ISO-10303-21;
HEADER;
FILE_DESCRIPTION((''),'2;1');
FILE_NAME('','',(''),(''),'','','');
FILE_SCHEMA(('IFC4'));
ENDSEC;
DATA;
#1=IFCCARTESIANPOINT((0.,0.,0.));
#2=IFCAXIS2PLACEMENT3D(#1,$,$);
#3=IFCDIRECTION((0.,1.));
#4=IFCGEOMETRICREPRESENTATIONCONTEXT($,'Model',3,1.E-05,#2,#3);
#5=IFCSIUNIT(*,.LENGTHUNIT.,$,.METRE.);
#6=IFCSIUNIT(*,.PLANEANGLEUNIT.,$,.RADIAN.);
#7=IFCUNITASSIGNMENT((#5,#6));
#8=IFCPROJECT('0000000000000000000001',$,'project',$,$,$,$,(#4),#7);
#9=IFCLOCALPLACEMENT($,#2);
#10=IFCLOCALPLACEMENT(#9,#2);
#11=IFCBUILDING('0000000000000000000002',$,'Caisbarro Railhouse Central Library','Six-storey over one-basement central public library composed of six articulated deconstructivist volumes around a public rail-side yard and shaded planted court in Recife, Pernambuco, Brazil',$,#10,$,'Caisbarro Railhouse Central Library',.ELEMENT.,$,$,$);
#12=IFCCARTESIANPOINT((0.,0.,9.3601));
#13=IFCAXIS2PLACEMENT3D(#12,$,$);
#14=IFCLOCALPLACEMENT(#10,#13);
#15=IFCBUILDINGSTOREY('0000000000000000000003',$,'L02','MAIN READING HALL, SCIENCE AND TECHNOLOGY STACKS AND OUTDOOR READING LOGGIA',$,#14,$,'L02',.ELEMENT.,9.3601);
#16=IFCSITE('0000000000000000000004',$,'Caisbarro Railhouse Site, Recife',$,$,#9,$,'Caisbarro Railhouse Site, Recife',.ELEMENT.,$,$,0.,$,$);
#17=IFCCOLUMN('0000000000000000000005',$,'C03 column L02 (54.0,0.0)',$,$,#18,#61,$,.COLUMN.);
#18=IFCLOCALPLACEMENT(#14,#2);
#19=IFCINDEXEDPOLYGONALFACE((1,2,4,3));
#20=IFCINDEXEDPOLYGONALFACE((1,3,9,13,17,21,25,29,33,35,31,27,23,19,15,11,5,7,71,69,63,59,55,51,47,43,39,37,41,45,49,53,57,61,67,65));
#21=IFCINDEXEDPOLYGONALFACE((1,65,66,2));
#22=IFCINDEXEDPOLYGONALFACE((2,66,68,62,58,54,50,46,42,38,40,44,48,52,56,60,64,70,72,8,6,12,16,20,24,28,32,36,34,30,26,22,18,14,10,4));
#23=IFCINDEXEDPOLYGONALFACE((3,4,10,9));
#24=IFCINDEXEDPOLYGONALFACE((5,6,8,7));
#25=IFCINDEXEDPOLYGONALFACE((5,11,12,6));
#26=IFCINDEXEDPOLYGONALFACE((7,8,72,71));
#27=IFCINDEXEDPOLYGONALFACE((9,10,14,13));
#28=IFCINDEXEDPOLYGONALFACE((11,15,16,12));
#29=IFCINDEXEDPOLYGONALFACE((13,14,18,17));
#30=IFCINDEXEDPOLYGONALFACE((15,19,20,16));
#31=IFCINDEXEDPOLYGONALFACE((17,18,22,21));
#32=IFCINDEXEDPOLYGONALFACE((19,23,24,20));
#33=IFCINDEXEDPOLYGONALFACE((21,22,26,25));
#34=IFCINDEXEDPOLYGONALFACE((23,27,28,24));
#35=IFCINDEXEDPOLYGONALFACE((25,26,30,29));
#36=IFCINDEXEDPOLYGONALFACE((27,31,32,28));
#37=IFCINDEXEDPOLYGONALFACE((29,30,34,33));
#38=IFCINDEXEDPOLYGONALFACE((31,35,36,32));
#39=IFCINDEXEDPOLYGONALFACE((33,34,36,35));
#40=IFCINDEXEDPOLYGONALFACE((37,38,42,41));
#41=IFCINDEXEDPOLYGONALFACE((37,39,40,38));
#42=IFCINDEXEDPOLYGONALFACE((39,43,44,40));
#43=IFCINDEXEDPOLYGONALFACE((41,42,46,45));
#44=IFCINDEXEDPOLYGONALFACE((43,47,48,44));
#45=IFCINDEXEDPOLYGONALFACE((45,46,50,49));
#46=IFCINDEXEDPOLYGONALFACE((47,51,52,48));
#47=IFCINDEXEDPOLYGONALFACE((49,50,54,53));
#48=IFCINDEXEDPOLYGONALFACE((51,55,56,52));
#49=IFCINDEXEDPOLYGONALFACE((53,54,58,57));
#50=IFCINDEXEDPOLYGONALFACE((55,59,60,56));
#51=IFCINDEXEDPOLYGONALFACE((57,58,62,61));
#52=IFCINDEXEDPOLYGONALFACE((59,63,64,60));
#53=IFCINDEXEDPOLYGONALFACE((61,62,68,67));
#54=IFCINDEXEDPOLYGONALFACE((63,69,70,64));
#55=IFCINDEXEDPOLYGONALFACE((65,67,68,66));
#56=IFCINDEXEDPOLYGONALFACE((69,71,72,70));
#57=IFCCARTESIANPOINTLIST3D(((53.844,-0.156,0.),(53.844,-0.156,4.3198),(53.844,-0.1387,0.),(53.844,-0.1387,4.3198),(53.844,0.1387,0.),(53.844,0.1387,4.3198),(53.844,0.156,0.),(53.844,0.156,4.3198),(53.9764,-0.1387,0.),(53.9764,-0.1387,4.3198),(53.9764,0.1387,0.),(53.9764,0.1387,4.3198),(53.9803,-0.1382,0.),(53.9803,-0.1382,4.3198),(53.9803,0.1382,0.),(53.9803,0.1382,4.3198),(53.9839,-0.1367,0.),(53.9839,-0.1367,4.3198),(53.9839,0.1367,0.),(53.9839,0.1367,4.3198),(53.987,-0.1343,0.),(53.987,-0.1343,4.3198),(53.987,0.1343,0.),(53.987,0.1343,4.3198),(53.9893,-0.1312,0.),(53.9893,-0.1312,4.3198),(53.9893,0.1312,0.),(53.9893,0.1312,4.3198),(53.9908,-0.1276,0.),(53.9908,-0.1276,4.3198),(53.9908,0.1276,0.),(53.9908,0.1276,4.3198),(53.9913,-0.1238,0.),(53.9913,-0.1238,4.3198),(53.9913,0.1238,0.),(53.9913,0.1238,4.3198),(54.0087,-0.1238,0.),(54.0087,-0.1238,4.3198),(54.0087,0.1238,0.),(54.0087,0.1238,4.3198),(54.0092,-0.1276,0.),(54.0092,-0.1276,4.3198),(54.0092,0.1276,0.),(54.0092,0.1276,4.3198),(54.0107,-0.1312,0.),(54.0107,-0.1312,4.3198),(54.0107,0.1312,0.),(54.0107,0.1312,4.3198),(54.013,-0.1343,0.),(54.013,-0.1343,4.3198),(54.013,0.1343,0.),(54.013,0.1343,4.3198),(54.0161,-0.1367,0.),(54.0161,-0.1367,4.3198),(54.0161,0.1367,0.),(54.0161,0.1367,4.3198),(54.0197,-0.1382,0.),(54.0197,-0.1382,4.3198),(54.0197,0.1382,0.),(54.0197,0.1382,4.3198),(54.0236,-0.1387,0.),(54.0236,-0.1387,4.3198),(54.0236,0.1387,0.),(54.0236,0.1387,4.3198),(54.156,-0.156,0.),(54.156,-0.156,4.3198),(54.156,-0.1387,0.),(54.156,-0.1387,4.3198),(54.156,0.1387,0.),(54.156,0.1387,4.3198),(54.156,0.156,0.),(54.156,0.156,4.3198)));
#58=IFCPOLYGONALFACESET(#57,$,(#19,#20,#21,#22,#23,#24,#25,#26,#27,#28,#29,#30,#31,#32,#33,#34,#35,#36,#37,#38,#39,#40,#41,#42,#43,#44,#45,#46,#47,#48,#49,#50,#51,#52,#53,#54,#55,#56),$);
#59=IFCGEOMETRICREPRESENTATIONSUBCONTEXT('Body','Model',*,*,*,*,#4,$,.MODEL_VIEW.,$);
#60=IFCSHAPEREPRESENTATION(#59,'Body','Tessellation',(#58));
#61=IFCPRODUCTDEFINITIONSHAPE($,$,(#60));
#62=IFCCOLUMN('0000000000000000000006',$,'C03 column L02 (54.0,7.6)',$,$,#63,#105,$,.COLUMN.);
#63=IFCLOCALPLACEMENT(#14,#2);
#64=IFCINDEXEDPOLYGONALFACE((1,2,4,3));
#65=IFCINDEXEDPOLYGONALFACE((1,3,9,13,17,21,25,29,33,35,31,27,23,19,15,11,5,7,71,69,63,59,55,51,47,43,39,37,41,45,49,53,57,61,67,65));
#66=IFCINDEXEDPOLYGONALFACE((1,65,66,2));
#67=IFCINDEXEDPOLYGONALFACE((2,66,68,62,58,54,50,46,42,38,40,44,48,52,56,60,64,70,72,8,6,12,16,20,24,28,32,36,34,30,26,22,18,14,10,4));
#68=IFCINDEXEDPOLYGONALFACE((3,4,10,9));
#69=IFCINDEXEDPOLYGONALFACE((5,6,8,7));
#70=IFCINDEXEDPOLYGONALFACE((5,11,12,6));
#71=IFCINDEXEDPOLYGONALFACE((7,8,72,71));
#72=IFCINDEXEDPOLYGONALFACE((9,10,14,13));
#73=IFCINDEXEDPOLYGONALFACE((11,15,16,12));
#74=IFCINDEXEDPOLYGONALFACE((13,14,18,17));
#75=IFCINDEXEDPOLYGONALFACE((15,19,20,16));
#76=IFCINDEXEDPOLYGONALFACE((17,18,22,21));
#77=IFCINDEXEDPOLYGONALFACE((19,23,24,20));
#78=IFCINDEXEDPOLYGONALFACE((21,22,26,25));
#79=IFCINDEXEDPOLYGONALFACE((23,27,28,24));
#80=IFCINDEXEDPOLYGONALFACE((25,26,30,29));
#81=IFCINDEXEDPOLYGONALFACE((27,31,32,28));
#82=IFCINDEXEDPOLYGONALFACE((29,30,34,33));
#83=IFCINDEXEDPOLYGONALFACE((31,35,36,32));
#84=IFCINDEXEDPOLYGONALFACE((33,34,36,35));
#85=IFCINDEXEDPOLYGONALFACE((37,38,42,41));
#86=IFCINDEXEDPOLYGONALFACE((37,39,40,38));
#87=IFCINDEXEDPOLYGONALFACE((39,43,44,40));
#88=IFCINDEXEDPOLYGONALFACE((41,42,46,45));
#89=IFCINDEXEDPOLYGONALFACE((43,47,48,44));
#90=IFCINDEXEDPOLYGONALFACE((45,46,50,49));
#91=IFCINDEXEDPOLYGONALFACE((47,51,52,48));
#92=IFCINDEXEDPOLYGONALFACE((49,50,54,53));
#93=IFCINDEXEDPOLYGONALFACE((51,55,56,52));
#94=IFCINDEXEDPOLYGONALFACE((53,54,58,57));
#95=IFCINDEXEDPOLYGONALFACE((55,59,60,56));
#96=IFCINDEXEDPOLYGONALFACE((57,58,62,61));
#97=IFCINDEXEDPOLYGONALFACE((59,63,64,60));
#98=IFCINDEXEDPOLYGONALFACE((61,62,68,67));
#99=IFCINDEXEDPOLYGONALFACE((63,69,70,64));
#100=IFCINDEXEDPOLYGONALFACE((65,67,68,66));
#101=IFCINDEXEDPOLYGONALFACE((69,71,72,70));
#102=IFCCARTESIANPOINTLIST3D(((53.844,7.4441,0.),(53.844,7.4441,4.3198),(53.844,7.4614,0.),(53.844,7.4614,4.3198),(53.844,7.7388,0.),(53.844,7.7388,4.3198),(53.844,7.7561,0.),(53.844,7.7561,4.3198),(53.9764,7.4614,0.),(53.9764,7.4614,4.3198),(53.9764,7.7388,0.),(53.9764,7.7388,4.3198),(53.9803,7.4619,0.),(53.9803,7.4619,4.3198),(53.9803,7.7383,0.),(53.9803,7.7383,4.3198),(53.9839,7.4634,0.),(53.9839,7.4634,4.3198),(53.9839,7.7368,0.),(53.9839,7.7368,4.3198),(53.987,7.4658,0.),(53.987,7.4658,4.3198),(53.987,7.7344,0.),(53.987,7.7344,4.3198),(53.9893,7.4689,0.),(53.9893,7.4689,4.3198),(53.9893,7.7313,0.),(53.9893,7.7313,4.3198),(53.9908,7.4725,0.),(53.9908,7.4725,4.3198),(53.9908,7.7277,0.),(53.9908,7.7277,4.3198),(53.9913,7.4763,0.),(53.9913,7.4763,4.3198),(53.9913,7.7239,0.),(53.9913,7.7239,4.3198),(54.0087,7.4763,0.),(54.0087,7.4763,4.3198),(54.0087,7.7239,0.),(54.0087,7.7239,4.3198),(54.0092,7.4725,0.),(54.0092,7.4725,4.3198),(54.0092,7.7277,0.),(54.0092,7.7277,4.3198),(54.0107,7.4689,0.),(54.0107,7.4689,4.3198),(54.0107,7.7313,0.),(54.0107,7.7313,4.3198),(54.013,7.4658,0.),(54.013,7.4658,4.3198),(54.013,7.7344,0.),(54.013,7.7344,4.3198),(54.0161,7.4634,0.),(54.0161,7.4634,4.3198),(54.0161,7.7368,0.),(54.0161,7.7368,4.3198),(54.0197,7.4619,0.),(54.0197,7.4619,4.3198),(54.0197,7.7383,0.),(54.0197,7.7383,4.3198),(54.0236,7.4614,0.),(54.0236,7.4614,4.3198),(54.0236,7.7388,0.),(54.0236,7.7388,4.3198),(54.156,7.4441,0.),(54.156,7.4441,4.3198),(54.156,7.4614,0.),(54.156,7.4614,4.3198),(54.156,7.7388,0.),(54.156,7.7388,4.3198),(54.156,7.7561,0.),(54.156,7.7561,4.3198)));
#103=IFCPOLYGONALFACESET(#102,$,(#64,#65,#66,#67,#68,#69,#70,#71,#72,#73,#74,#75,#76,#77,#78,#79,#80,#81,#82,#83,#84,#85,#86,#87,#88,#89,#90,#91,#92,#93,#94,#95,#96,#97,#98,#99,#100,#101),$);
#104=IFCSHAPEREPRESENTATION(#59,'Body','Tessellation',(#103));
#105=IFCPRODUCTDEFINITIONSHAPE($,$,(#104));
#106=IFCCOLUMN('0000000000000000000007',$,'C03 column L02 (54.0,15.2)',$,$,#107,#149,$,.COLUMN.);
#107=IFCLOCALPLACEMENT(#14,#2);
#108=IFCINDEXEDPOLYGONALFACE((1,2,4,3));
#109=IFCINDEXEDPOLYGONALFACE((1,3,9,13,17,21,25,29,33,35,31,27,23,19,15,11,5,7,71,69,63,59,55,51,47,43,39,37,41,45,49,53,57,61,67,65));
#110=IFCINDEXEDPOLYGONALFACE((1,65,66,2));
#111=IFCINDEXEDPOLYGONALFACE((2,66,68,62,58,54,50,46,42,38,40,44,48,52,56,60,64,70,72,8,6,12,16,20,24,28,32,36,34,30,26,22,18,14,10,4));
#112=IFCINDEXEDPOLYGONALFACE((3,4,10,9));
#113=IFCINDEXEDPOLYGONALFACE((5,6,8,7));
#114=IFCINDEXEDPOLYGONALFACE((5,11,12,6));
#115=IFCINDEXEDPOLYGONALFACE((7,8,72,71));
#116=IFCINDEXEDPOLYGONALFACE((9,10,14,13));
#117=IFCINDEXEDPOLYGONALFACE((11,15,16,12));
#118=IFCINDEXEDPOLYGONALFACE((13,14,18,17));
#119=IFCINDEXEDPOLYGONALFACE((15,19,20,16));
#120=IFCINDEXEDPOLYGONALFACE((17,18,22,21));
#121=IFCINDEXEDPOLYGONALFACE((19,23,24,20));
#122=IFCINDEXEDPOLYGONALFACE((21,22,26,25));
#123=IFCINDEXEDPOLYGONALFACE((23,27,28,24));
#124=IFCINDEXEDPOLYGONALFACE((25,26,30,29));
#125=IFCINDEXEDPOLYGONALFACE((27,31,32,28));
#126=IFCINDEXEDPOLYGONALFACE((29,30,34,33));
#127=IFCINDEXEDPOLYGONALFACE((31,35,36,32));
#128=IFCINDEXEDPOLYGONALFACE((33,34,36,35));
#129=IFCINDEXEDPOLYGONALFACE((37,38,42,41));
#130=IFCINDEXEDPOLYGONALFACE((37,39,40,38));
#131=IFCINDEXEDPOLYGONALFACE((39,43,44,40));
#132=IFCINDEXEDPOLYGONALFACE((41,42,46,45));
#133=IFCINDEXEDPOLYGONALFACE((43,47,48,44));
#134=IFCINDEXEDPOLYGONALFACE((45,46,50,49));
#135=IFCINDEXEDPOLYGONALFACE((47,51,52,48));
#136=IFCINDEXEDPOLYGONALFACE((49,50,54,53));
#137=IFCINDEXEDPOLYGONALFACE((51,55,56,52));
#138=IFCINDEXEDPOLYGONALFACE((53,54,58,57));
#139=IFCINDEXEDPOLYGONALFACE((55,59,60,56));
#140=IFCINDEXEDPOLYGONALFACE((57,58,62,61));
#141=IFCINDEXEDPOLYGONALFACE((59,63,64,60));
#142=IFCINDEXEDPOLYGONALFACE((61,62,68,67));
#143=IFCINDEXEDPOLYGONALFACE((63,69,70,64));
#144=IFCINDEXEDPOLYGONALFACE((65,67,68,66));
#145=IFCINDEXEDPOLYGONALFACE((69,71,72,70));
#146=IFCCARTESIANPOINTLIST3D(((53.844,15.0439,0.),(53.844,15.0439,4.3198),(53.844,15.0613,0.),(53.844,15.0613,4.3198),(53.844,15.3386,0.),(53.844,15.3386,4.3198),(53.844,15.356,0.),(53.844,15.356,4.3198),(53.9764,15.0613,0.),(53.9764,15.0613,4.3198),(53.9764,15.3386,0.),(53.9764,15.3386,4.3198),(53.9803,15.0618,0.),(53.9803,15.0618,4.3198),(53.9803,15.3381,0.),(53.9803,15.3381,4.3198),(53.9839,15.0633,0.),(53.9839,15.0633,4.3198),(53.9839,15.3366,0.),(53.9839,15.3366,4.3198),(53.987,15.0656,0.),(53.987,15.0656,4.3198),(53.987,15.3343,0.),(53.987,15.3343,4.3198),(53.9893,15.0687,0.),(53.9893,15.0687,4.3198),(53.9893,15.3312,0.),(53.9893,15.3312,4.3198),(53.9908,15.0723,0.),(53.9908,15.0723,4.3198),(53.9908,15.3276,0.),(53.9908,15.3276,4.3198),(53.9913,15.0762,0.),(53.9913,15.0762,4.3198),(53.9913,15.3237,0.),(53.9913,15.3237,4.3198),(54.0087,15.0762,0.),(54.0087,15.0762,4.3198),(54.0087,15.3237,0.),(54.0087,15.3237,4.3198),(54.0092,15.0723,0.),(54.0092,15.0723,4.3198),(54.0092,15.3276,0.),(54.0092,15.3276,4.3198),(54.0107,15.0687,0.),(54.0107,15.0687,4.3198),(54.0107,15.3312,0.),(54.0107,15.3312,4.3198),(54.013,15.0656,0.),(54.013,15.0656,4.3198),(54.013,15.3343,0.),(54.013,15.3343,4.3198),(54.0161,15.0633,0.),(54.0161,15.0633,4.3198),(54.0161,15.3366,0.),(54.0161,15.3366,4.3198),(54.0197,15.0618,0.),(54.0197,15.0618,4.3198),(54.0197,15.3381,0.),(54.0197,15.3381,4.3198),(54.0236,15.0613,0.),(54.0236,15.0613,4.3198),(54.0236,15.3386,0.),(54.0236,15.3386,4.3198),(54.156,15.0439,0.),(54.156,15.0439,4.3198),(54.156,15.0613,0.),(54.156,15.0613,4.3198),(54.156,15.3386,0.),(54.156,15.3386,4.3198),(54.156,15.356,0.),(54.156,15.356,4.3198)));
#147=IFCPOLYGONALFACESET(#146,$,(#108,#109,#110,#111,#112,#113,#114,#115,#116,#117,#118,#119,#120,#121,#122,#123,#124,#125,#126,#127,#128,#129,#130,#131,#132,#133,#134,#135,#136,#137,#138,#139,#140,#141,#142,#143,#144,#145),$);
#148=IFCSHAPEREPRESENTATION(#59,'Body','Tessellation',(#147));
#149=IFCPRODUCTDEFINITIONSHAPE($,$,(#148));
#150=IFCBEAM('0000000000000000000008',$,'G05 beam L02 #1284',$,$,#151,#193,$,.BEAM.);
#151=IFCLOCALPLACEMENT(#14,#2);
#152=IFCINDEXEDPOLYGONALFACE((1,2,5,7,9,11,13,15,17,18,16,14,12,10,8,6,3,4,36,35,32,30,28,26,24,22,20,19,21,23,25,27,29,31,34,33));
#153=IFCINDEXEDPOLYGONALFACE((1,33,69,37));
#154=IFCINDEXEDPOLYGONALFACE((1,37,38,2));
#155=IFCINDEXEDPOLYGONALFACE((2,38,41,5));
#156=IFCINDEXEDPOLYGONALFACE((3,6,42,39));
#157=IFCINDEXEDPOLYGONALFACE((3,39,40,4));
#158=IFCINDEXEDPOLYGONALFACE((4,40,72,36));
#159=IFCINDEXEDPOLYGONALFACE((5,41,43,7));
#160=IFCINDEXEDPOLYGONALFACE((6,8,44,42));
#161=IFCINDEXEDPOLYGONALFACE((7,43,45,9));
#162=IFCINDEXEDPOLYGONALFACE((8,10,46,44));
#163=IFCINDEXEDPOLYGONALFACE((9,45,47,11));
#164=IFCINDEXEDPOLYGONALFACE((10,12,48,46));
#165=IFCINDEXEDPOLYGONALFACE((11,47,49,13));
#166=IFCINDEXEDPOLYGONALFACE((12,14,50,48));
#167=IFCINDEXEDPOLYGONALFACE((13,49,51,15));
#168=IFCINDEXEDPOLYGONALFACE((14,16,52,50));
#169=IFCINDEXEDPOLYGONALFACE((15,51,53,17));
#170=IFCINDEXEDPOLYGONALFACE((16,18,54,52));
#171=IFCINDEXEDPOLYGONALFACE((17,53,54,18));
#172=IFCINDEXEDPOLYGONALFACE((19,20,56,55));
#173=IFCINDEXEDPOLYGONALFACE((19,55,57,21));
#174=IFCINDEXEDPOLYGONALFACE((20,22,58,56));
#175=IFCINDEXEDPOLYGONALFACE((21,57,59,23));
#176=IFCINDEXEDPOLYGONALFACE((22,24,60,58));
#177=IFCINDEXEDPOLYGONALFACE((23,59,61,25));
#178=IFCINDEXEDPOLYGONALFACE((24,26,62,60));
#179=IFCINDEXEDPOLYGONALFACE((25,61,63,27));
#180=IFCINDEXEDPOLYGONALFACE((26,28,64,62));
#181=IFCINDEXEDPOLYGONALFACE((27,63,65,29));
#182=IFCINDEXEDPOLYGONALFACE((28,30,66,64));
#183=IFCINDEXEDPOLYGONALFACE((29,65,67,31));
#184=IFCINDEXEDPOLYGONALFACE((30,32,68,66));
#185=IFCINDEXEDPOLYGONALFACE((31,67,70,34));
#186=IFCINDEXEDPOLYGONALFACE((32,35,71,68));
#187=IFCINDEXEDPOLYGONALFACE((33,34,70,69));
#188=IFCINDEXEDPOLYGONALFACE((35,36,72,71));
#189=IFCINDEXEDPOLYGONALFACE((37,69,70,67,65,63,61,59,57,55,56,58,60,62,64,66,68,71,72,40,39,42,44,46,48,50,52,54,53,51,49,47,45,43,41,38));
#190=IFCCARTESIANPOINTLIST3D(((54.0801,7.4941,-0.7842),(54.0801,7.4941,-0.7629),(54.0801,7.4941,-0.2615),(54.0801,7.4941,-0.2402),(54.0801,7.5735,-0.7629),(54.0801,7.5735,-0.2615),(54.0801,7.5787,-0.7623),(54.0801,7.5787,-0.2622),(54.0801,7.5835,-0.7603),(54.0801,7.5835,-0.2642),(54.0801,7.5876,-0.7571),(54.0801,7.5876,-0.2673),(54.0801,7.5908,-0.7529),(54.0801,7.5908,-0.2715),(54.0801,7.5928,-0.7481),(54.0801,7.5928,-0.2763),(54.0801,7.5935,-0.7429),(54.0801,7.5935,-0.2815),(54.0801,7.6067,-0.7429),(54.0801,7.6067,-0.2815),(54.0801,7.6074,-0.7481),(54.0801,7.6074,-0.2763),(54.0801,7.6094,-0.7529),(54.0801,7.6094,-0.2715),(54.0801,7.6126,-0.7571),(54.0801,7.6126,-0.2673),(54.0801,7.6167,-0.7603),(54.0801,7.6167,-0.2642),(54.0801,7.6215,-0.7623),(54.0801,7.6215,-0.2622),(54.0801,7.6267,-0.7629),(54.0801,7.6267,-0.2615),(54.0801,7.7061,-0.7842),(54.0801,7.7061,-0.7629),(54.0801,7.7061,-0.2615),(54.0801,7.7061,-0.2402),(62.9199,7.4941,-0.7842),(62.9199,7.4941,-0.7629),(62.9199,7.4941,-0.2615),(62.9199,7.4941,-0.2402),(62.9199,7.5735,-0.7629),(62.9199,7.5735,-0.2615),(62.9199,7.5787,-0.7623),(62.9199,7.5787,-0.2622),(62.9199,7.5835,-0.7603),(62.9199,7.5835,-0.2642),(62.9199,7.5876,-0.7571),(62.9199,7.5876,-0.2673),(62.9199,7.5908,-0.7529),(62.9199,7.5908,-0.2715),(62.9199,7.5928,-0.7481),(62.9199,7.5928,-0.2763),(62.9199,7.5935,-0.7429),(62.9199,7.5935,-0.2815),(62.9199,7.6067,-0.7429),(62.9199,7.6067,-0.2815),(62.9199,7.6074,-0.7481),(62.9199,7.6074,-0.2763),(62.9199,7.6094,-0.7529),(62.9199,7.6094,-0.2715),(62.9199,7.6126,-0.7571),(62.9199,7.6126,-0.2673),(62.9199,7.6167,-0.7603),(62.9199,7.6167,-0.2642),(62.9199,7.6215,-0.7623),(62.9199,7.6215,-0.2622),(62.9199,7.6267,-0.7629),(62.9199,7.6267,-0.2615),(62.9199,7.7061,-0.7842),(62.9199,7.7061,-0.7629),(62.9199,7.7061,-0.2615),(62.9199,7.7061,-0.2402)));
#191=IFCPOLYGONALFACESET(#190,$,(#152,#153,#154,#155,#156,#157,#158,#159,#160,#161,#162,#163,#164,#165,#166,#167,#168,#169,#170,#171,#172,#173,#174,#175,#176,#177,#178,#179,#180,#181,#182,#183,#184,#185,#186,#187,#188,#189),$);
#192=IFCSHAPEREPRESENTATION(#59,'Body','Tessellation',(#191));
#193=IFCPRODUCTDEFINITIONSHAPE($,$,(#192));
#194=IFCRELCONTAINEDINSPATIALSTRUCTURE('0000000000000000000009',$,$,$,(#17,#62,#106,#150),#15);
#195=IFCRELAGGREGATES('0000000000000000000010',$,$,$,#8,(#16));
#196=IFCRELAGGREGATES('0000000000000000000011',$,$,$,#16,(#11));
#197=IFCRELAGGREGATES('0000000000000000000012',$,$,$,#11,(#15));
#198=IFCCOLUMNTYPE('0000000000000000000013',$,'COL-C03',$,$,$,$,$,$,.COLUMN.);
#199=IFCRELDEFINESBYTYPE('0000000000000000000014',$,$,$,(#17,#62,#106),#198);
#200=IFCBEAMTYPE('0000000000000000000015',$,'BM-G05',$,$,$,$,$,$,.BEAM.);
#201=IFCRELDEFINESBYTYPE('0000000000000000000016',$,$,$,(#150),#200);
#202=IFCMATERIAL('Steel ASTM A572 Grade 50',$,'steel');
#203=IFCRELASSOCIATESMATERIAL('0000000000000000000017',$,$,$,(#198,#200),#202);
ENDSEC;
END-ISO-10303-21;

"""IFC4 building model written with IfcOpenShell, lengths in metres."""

from ifc_helpers import new_model, si_unit, direction, frame, origin, origin_2d, place, context, subcontext, project, spatial, i_section, extrude, material, material_profile, profile_set, type_object, element, save


model = new_model("IFC4")

# Units and contexts
model_context = context("Model", 3, precision=1e-05, world=origin(), true_north=direction((0.0, 1.0)))
body_context = subcontext(model_context, "Body", "Model", "MODEL_VIEW")
ifc_project = project(units=[si_unit("LENGTHUNIT", "METRE"), si_unit("PLANEANGLEUNIT", "RADIAN")], contexts=[model_context])

# Site, building, storey
site_placement = place(None, origin())
site = spatial("IfcSite", under=ifc_project, at=site_placement, Name="Caisbarro Railhouse Site, Recife", LongName="Caisbarro Railhouse Site, Recife", CompositionType="ELEMENT", RefElevation=0.0)
building_placement = place(site_placement, origin())
building = spatial("IfcBuilding", under=site, at=building_placement, Name="Caisbarro Railhouse Central Library", Description="Six-storey over one-basement central public library composed of six articulated deconstructivist volumes around a public rail-side yard and shaded planted court in Recife, Pernambuco, Brazil", LongName="Caisbarro Railhouse Central Library", CompositionType="ELEMENT")
storey_placement = place(building_placement, frame((0.0, 0.0, 9.3601)))
storey = spatial("IfcBuildingStorey", under=building, at=storey_placement, Name="L02", Description="MAIN READING HALL, SCIENCE AND TECHNOLOGY STACKS AND OUTDOOR READING LOGGIA", LongName="L02", CompositionType="ELEMENT", Elevation=9.3601)

# Columns
ifc_material_1 = material(Name="Steel ASTM A572 Grade 50", Category="steel")
ifc_material_profile_1 = material_profile(ifc_material_1, i_section(OverallWidth=0.312, OverallDepth=0.312, WebThickness=0.0173, FlangeThickness=0.0173, FilletRadius=0.0149, at=origin_2d()), Name="HP310X125.0")
ifc_profile_set_1 = profile_set([ifc_material_profile_1], Name="Steel ASTM A572 Grade 50")
column_type = type_object("IfcColumnType", Name="COL-C03", PredefinedType="COLUMN", material=ifc_profile_set_1)
for number, where, z_axis, x_axis, name in (
    (1, (54.0, 0.0, 0.0), (0.0, 0.0, 1.0), (1.0, 0.0, 0.0), "C03 column L02 (54.0,0.0)"),
    (2, (54.0, 7.6001, 0.0), (0.0, 0.0, 1.0), (1.0, 0.0, 0.0), "C03 column L02 (54.0,7.6)"),
    (3, (54.0, 15.2, 0.0), (0.0, 0.0, 1.0), (1.0, 0.0, 0.0), "C03 column L02 (54.0,15.2)"),
):
    element("IfcColumn", number, at=place(storey_placement, frame(where, z_axis=z_axis, x_axis=x_axis)), inside=storey, type_object=column_type, Name=name, PredefinedType="COLUMN", context=body_context, shape_type="SweptSolid", body=[
        extrude(i_section(OverallWidth=0.312, OverallDepth=0.312, WebThickness=0.0173, FlangeThickness=0.0173, FilletRadius=0.0149, at=origin_2d()), origin(), (0.0, 0.0, 1.0), 4.3198),
    ])

# Beam
ifc_material_profile_2 = material_profile(ifc_material_1, i_section(OverallWidth=0.2119, OverallDepth=0.5439, WebThickness=0.0132, FlangeThickness=0.0212, FilletRadius=0.02, at=origin_2d()), Name="W530X123.0")
ifc_profile_set_2 = profile_set([ifc_material_profile_2], Name="Steel ASTM A572 Grade 50")
beam_type_1 = type_object("IfcBeamType", Name="BM-G05", PredefinedType="BEAM", material=ifc_profile_set_2)
for number, where, z_axis, x_axis, name in (
    (4, (54.0801, 7.6001, -0.5122), (1.0, 0.0, 0.0), (0.0, 1.0, 0.0), "G05 beam L02 #1284"),
):
    element("IfcBeam", number, at=place(storey_placement, frame(where, z_axis=z_axis, x_axis=x_axis)), inside=storey, type_object=beam_type_1, Name=name, PredefinedType="BEAM", context=body_context, shape_type="SweptSolid", body=[
        extrude(i_section(OverallWidth=0.2119, OverallDepth=0.5439, WebThickness=0.0132, FlangeThickness=0.0212, FilletRadius=0.02, at=origin_2d()), origin(), (0.0, 0.0, 1.0), 8.8398),
    ])

save(model, "model.ifc")
